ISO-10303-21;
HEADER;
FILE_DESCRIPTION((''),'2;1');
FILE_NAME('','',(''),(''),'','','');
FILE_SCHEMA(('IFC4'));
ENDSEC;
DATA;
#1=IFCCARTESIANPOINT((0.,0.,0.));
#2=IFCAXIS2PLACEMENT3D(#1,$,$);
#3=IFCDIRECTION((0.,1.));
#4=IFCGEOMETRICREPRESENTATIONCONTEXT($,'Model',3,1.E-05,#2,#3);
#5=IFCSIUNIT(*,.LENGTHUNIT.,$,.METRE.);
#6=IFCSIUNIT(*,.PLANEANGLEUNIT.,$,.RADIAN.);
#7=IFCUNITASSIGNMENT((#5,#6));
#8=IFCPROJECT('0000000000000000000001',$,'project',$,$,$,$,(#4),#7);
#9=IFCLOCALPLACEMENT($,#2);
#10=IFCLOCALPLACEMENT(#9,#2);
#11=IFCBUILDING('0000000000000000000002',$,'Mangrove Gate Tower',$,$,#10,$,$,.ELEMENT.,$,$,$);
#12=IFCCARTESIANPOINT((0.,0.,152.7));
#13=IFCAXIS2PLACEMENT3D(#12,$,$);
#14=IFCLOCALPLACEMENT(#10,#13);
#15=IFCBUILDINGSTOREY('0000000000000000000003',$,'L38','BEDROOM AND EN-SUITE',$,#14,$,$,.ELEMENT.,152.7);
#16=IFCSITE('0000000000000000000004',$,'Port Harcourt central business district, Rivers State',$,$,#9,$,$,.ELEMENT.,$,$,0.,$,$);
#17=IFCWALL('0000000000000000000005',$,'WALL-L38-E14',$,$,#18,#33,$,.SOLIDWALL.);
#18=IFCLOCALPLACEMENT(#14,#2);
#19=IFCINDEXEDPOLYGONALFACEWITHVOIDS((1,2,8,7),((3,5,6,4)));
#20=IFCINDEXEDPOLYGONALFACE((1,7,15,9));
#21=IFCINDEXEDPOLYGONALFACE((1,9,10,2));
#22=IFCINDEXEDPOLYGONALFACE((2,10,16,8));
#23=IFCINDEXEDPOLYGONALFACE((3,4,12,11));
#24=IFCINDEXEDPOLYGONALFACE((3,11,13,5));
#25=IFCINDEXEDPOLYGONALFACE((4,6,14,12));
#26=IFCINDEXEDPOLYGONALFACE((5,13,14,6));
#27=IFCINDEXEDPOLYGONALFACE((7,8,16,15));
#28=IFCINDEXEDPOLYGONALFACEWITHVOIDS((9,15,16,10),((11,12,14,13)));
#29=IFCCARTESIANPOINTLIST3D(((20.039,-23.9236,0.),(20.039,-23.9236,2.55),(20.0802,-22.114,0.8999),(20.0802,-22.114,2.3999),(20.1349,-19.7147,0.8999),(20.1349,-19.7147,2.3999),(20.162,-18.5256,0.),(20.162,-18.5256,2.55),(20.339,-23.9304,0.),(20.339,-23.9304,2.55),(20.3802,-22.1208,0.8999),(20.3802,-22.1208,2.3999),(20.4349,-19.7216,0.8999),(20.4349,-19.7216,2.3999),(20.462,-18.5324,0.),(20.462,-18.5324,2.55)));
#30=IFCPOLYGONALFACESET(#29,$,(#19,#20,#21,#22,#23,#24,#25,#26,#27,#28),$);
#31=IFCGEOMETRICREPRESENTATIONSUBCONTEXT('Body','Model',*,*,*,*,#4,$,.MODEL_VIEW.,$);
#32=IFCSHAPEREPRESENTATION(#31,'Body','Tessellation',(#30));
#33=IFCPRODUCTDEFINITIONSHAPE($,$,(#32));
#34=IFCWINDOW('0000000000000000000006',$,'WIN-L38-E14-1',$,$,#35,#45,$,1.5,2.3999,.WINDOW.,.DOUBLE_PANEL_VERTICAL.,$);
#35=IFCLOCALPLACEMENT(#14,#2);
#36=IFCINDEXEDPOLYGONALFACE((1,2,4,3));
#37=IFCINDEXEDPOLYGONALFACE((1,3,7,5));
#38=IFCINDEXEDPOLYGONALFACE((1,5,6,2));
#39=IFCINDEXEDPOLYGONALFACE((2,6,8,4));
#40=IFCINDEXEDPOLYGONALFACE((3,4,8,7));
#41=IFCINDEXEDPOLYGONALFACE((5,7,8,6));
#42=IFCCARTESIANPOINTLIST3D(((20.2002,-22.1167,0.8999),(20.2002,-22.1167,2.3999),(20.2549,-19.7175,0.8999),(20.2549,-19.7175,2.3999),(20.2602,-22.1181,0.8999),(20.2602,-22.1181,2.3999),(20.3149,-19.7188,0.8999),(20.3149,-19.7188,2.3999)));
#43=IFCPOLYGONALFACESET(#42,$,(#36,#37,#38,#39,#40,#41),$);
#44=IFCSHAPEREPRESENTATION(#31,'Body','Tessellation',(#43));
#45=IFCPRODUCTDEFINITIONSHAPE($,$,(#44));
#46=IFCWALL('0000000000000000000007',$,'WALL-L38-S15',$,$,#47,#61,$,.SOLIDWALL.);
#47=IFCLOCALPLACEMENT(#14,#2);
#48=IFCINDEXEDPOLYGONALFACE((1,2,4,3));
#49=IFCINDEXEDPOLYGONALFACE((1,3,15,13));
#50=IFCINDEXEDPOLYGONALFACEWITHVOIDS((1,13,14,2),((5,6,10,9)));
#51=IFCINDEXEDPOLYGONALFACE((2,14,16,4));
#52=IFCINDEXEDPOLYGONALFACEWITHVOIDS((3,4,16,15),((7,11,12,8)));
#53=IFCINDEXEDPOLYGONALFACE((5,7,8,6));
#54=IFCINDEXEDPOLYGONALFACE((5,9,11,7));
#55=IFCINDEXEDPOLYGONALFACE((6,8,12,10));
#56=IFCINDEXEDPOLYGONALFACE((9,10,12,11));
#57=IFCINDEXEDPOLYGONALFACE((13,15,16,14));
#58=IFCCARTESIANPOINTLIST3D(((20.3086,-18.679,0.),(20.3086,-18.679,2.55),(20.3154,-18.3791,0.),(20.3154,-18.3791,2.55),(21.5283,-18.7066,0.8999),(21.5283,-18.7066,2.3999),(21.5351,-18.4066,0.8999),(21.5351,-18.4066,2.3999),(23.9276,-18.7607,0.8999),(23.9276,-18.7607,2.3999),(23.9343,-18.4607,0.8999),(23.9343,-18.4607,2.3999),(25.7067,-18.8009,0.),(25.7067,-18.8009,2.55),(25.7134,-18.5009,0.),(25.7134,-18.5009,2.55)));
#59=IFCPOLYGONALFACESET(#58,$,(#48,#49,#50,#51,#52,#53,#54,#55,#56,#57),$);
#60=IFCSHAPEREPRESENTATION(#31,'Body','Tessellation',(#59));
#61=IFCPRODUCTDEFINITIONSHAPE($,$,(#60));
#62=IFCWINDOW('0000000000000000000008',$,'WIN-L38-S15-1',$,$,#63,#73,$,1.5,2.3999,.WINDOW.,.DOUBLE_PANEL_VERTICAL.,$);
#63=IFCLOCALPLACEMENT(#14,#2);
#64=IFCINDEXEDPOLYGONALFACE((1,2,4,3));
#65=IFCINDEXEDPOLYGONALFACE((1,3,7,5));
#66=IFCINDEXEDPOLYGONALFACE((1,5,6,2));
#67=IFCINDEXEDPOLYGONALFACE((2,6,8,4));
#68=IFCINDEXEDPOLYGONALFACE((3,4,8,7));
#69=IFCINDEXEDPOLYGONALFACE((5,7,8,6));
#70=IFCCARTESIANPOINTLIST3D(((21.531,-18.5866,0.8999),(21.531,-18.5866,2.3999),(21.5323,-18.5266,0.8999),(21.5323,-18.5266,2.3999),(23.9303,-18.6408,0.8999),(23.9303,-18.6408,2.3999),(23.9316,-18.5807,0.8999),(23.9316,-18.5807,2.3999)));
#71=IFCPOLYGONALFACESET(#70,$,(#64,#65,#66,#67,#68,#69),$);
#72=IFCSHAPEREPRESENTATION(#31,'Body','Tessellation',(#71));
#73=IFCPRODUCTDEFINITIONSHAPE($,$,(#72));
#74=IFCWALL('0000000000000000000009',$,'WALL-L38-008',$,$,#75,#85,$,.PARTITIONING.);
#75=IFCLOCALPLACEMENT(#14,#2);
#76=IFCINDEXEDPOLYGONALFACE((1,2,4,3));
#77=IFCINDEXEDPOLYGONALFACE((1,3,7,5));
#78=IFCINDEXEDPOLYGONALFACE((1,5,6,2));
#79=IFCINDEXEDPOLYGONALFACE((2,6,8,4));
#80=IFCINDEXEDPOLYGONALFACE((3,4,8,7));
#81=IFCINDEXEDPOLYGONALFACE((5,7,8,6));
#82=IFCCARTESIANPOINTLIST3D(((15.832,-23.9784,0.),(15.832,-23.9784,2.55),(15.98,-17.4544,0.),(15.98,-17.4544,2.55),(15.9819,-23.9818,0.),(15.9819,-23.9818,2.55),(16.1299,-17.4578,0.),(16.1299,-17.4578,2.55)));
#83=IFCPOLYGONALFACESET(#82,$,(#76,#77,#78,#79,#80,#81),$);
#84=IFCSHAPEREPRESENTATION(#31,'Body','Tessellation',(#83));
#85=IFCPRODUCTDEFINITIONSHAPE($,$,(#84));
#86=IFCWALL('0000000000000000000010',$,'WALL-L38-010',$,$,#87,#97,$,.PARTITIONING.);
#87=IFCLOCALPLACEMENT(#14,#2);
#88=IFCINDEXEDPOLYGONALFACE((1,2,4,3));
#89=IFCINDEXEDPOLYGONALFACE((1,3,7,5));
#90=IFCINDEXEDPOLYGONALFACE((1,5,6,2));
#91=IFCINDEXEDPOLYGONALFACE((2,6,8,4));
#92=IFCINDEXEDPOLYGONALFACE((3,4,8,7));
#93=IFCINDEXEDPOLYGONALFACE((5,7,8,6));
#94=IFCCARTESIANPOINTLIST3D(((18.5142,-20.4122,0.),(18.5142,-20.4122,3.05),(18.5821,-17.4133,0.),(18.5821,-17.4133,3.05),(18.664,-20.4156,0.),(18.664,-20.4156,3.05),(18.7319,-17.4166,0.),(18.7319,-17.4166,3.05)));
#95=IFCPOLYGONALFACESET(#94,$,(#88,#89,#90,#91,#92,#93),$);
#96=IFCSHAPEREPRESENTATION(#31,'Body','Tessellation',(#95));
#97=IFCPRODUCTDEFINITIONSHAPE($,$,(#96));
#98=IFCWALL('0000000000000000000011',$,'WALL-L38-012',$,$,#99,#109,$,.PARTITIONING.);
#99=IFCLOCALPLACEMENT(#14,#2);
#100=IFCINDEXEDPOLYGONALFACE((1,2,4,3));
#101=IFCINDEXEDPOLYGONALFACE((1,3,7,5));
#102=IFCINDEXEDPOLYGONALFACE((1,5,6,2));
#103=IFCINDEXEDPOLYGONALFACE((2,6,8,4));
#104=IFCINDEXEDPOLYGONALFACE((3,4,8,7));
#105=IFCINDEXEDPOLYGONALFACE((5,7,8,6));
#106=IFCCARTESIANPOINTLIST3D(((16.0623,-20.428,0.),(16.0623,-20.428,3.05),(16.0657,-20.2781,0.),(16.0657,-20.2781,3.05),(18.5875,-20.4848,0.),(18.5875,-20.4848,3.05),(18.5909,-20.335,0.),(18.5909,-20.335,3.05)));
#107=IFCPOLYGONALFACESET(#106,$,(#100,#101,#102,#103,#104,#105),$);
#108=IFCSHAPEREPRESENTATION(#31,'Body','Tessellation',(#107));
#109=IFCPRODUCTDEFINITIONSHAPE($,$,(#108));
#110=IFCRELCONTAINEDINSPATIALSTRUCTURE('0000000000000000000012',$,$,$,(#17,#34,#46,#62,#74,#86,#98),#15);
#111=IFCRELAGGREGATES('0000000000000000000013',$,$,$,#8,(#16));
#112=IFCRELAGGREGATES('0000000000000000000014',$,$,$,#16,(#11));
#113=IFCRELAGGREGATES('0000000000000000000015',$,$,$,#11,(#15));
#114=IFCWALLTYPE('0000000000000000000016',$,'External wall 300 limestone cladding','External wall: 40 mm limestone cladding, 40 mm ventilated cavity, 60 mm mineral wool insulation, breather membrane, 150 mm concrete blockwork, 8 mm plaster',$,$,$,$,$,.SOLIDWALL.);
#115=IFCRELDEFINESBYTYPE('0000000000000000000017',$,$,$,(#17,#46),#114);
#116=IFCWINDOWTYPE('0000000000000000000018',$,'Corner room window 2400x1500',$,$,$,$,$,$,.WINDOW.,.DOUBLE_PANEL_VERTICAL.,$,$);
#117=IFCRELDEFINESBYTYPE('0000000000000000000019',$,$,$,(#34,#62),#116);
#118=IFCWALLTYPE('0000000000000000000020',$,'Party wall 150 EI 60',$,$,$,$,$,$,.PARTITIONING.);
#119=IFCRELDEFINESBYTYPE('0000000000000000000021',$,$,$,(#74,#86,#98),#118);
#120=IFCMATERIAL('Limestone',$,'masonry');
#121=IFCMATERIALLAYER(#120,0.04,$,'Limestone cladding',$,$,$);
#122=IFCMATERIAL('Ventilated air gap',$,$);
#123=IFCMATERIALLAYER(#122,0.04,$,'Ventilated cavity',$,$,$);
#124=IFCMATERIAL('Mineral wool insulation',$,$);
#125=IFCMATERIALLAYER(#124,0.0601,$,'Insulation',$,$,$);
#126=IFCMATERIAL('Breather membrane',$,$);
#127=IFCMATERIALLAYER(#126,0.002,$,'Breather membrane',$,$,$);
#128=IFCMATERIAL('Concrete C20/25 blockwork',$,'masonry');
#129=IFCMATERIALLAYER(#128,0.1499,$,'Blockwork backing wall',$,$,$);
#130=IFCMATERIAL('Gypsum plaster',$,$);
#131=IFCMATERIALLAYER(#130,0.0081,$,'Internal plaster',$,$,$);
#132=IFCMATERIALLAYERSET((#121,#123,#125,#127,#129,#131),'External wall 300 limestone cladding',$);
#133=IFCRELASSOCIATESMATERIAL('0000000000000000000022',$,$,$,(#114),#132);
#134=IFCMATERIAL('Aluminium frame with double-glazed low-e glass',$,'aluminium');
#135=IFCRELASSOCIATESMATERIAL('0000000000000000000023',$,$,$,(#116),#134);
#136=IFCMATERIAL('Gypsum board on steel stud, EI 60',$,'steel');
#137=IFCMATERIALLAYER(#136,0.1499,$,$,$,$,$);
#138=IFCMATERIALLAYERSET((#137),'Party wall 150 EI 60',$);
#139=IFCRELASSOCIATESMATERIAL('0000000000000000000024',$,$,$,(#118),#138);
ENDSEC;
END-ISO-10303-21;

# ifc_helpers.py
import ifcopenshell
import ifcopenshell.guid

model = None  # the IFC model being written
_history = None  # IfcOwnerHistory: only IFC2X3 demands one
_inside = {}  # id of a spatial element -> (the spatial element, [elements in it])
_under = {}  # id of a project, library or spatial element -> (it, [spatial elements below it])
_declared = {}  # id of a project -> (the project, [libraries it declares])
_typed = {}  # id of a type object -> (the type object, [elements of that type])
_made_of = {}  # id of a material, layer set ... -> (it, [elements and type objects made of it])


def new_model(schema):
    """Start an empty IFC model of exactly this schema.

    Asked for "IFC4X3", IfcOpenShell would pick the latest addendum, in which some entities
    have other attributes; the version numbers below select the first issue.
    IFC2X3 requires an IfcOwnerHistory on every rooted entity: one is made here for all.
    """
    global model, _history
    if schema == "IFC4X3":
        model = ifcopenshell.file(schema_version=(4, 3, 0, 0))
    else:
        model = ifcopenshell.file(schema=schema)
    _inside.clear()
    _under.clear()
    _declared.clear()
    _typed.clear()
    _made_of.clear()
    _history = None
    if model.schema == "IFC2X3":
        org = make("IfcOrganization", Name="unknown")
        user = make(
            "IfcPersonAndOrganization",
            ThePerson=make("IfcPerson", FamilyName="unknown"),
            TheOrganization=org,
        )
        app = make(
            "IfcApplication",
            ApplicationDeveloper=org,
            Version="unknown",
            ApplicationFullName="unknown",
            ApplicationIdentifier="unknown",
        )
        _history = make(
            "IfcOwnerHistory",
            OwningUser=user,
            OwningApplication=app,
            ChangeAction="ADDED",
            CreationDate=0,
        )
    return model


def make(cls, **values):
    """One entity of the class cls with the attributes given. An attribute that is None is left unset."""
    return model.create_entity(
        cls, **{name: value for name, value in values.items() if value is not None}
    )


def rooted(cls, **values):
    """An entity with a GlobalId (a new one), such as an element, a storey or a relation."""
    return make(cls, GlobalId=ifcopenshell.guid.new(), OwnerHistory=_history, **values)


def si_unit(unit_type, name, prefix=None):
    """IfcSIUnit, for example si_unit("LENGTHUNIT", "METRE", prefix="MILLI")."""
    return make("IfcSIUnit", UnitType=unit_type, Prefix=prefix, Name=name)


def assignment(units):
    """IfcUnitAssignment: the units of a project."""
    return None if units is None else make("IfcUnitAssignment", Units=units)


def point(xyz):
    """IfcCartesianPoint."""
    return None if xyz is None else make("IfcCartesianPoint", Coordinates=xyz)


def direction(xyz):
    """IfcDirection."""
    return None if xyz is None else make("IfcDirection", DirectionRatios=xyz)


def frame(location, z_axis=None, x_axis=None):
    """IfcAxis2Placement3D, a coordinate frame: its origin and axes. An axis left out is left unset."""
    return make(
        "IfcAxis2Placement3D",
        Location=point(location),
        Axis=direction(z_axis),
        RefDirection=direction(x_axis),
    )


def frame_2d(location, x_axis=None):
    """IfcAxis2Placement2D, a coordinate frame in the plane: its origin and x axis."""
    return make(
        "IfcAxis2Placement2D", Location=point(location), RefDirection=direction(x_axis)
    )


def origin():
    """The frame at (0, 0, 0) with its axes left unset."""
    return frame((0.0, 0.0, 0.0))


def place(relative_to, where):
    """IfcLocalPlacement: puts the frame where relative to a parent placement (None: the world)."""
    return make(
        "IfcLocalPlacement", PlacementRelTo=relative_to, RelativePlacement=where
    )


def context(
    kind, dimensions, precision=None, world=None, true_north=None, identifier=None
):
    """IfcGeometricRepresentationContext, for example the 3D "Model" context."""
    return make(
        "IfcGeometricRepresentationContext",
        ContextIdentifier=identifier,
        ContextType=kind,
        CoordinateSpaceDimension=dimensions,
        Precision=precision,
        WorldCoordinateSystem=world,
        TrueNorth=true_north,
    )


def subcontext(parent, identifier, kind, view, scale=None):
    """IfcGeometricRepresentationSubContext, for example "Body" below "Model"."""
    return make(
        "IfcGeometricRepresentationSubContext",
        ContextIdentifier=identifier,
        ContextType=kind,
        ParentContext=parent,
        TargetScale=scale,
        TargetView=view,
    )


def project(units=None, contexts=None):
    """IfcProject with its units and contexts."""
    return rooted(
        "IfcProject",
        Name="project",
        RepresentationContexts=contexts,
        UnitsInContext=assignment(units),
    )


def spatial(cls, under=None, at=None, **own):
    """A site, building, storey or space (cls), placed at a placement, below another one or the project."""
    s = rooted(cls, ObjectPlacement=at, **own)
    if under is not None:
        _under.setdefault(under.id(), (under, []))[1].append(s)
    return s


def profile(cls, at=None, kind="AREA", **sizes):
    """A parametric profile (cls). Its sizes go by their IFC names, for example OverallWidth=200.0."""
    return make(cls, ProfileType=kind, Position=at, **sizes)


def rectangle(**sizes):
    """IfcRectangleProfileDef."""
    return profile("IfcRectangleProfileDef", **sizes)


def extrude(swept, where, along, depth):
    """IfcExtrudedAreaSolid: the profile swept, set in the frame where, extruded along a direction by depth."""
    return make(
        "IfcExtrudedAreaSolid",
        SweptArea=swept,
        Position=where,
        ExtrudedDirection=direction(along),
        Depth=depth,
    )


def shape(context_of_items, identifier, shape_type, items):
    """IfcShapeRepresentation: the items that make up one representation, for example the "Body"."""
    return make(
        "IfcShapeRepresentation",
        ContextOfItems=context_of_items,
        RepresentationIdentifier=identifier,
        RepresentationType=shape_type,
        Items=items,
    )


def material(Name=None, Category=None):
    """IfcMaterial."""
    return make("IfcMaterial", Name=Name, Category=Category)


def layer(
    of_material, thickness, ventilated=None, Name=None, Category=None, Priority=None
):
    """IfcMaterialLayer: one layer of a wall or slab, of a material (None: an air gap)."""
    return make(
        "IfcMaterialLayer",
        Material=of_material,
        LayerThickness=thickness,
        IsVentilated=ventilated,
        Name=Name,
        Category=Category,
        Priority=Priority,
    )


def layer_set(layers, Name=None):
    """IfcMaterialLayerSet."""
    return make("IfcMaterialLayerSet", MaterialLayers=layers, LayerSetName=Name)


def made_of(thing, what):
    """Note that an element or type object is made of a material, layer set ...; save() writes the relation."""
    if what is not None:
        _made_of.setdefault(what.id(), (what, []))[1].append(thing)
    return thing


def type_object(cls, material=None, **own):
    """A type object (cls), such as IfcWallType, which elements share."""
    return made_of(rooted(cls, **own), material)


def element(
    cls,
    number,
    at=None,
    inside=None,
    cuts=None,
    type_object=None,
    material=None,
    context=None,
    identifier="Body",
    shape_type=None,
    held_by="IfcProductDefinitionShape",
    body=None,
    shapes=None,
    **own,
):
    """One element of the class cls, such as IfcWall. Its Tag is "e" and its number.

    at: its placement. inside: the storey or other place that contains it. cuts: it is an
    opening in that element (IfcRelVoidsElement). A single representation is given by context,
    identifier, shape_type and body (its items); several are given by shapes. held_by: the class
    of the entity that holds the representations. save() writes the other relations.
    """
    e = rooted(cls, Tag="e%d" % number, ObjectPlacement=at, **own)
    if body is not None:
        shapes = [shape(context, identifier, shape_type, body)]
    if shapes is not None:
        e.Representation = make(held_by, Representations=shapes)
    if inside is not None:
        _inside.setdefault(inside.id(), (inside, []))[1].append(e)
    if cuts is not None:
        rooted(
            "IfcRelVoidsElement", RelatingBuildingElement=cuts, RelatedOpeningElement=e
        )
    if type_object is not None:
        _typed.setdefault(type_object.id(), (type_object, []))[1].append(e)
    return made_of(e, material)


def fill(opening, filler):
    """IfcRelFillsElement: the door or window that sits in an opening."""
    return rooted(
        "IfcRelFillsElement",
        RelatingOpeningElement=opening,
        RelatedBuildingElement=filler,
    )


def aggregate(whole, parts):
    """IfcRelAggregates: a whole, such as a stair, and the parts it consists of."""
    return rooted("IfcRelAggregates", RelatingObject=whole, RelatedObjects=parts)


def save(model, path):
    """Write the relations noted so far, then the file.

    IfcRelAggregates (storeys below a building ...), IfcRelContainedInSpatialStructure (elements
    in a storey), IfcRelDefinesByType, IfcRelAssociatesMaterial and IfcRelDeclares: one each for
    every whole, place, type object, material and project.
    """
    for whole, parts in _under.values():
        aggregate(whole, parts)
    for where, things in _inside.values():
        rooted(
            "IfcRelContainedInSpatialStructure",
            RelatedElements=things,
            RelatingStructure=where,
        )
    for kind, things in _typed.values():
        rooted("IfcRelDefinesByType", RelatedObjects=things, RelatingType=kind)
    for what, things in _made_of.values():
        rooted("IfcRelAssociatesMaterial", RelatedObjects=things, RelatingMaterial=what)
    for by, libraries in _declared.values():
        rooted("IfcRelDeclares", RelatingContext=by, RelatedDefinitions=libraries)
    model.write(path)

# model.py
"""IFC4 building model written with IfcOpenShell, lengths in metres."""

from ifc_helpers import new_model, si_unit, direction, frame, frame_2d, origin, place, context, subcontext, project, spatial, rectangle, extrude, material, layer, layer_set, type_object, element, fill, save


model = new_model("IFC4")

# Units and contexts
model_context = context("Model", 3, precision=1e-05, world=origin(), true_north=direction((0.0, 1.0)))
body_context = subcontext(model_context, "Body", "Model", "MODEL_VIEW")
ifc_project = project(units=[si_unit("LENGTHUNIT", "METRE"), si_unit("PLANEANGLEUNIT", "RADIAN")], contexts=[model_context])

# Site, building, storey
site_placement = place(None, origin())
site = spatial("IfcSite", under=ifc_project, at=site_placement, Name="Port Harcourt central business district, Rivers State", CompositionType="ELEMENT", RefElevation=0.0)
building_placement = place(site_placement, origin())
building = spatial("IfcBuilding", under=site, at=building_placement, Name="Mangrove Gate Tower", CompositionType="ELEMENT")
storey_placement = place(building_placement, frame((0.0, 0.0, 152.7)))
storey = spatial("IfcBuildingStorey", under=building, at=storey_placement, Name="L38", Description="BEDROOM AND EN-SUITE", CompositionType="ELEMENT", Elevation=152.7)

# Shared definitions
ifc_material_1 = material(Name="Limestone", Category="masonry")
ifc_layer_1 = layer(ifc_material_1, 0.04, Name="Limestone cladding")
ifc_material_2 = material(Name="Ventilated air gap")
ifc_layer_2 = layer(ifc_material_2, 0.04, Name="Ventilated cavity")
ifc_material_3 = material(Name="Mineral wool insulation")
ifc_layer_3 = layer(ifc_material_3, 0.0601, Name="Insulation")
ifc_material_4 = material(Name="Breather membrane")
ifc_layer_4 = layer(ifc_material_4, 0.002, Name="Breather membrane")
ifc_material_5 = material(Name="Concrete C20/25 blockwork", Category="masonry")
ifc_layer_5 = layer(ifc_material_5, 0.1499, Name="Blockwork backing wall")
ifc_material_6 = material(Name="Gypsum plaster")
ifc_layer_6 = layer(ifc_material_6, 0.0081, Name="Internal plaster")
ifc_layer_set_1 = layer_set([ifc_layer_1, ifc_layer_2, ifc_layer_3, ifc_layer_4, ifc_layer_5, ifc_layer_6], Name="External wall 300 limestone cladding")
wall_type_1 = type_object("IfcWallType", Name="External wall 300 limestone cladding", Description="External wall: 40 mm limestone cladding, 40 mm ventilated cavity, 60 mm mineral wool insulation, breather membrane, 150 mm concrete blockwork, 8 mm plaster", PredefinedType="SOLIDWALL", material=ifc_layer_set_1)

# Walls, openings, windows
wall_1_placement = place(storey_placement, frame((20.189, -23.927, 0.0), z_axis=(0.0, 0.0, 1.0), x_axis=(0.022789, 0.99974, 0.0)))
wall_1 = element("IfcWall", 1, at=wall_1_placement, inside=storey, type_object=wall_type_1, Name="WALL-L38-E14", PredefinedType="SOLIDWALL", context=body_context, shape_type="SweptSolid", body=[
    extrude(rectangle(XDim=5.3994, YDim=0.3, at=frame_2d((2.6997, 0.0))), origin(), (0.0, 0.0, 1.0), 2.55),
])
opening_1_placement = place(wall_1_placement, frame((1.8101, 0.0, 0.8999)))
opening_1 = element("IfcOpeningElement", 2, at=opening_1_placement, cuts=wall_1, PredefinedType="OPENING", context=body_context, shape_type="SweptSolid", body=[
    extrude(rectangle(XDim=2.3999, YDim=1.5, at=frame_2d((1.2, 0.75))), frame((0.0, 0.1599, 0.0), z_axis=(0.0, -1.0, 0.0), x_axis=(1.0, 0.0, 0.0)), (0.0, 0.0, 1.0), 0.3201),
])
ifc_material_7 = material(Name="Aluminium frame with double-glazed low-e glass", Category="aluminium")
window_type_1 = type_object("IfcWindowType", Name="Corner room window 2400x1500", PartitioningType="DOUBLE_PANEL_VERTICAL", PredefinedType="WINDOW", material=ifc_material_7)
window_1_placement = place(opening_1_placement, origin())
window_1 = element("IfcWindow", 3, at=window_1_placement, inside=storey, type_object=window_type_1, Name="WIN-L38-E14-1", OverallHeight=1.5, OverallWidth=2.3999, PartitioningType="DOUBLE_PANEL_VERTICAL", PredefinedType="WINDOW", context=body_context, shape_type="SweptSolid", body=[
    extrude(rectangle(XDim=2.3999, YDim=1.5, at=frame_2d((1.2, 0.75))), frame((0.0, 0.03, 0.0), z_axis=(0.0, -1.0, 0.0), x_axis=(1.0, 0.0, 0.0)), (0.0, 0.0, 1.0), 0.0601),
])
fill(opening_1, window_1)
wall_2_placement = place(storey_placement, frame((20.312, -18.5291, 0.0), z_axis=(0.0, 0.0, 1.0), x_axis=(0.999745, -0.022563, 0.0)))
wall_2 = element("IfcWall", 4, at=wall_2_placement, inside=storey, type_object=wall_type_1, Name="WALL-L38-S15", PredefinedType="SOLIDWALL", context=body_context, shape_type="SweptSolid", body=[
    extrude(rectangle(XDim=5.3994, YDim=0.3, at=frame_2d((2.6997, 0.0))), origin(), (0.0, 0.0, 1.0), 2.55),
])
opening_2_placement = place(wall_2_placement, frame((1.22, 0.0, 0.8999)))
opening_2 = element("IfcOpeningElement", 5, at=opening_2_placement, cuts=wall_2, PredefinedType="OPENING", context=body_context, shape_type="SweptSolid", body=[
    extrude(rectangle(XDim=2.3999, YDim=1.5, at=frame_2d((1.2, 0.75))), frame((0.0, 0.1599, 0.0), z_axis=(0.0, -1.0, 0.0), x_axis=(1.0, 0.0, 0.0)), (0.0, 0.0, 1.0), 0.3201),
])
window_2_placement = place(opening_2_placement, origin())
window_2 = element("IfcWindow", 6, at=window_2_placement, inside=storey, type_object=window_type_1, Name="WIN-L38-S15-1", OverallHeight=1.5, OverallWidth=2.3999, PartitioningType="DOUBLE_PANEL_VERTICAL", PredefinedType="WINDOW", context=body_context, shape_type="SweptSolid", body=[
    extrude(rectangle(XDim=2.3999, YDim=1.5, at=frame_2d((1.2, 0.75))), frame((0.0, 0.03, 0.0), z_axis=(0.0, -1.0, 0.0), x_axis=(1.0, 0.0, 0.0)), (0.0, 0.0, 1.0), 0.0601),
])
fill(opening_2, window_2)

# Walls
ifc_material_8 = material(Name="Gypsum board on steel stud, EI 60", Category="steel")
ifc_layer_7 = layer(ifc_material_8, 0.1499)
ifc_layer_set_2 = layer_set([ifc_layer_7], Name="Party wall 150 EI 60")
wall_type_2 = type_object("IfcWallType", Name="Party wall 150 EI 60", PredefinedType="PARTITIONING", material=ifc_layer_set_2)
wall_3_placement = place(storey_placement, frame((15.907, -23.98, 0.0), z_axis=(0.0, 0.0, 1.0), x_axis=(0.022672, 0.999743, 0.0)))
element("IfcWall", 7, at=wall_3_placement, inside=storey, type_object=wall_type_2, Name="WALL-L38-008", PredefinedType="PARTITIONING", context=body_context, shape_type="SweptSolid", body=[
    extrude(rectangle(XDim=6.5256, YDim=0.1499, at=frame_2d((3.2627, 0.0))), origin(), (0.0, 0.0, 1.0), 2.55),
])
wall_4_placement = place(storey_placement, frame((18.5891, -20.4141, 0.0), z_axis=(0.0, 0.0, 1.0), x_axis=(0.022625, 0.999744, 0.0)))
element("IfcWall", 8, at=wall_4_placement, inside=storey, type_object=wall_type_2, Name="WALL-L38-010", PredefinedType="PARTITIONING", context=body_context, shape_type="SweptSolid", body=[
    extrude(rectangle(XDim=2.9998, YDim=0.1499, at=frame_2d((1.5, 0.0))), origin(), (0.0, 0.0, 1.0), 3.05),
])
wall_5_placement = place(storey_placement, frame((16.064, -20.353, 0.0), z_axis=(0.0, 0.0, 1.0), x_axis=(0.999746, -0.022522, 0.0)))
element("IfcWall", 9, at=wall_5_placement, inside=storey, type_object=wall_type_2, Name="WALL-L38-012", PredefinedType="PARTITIONING", context=body_context, shape_type="SweptSolid", body=[
    extrude(rectangle(XDim=2.5259, YDim=0.1499, at=frame_2d((1.2629, 0.0))), origin(), (0.0, 0.0, 1.0), 3.05),
])

save(model, "model.ifc")
